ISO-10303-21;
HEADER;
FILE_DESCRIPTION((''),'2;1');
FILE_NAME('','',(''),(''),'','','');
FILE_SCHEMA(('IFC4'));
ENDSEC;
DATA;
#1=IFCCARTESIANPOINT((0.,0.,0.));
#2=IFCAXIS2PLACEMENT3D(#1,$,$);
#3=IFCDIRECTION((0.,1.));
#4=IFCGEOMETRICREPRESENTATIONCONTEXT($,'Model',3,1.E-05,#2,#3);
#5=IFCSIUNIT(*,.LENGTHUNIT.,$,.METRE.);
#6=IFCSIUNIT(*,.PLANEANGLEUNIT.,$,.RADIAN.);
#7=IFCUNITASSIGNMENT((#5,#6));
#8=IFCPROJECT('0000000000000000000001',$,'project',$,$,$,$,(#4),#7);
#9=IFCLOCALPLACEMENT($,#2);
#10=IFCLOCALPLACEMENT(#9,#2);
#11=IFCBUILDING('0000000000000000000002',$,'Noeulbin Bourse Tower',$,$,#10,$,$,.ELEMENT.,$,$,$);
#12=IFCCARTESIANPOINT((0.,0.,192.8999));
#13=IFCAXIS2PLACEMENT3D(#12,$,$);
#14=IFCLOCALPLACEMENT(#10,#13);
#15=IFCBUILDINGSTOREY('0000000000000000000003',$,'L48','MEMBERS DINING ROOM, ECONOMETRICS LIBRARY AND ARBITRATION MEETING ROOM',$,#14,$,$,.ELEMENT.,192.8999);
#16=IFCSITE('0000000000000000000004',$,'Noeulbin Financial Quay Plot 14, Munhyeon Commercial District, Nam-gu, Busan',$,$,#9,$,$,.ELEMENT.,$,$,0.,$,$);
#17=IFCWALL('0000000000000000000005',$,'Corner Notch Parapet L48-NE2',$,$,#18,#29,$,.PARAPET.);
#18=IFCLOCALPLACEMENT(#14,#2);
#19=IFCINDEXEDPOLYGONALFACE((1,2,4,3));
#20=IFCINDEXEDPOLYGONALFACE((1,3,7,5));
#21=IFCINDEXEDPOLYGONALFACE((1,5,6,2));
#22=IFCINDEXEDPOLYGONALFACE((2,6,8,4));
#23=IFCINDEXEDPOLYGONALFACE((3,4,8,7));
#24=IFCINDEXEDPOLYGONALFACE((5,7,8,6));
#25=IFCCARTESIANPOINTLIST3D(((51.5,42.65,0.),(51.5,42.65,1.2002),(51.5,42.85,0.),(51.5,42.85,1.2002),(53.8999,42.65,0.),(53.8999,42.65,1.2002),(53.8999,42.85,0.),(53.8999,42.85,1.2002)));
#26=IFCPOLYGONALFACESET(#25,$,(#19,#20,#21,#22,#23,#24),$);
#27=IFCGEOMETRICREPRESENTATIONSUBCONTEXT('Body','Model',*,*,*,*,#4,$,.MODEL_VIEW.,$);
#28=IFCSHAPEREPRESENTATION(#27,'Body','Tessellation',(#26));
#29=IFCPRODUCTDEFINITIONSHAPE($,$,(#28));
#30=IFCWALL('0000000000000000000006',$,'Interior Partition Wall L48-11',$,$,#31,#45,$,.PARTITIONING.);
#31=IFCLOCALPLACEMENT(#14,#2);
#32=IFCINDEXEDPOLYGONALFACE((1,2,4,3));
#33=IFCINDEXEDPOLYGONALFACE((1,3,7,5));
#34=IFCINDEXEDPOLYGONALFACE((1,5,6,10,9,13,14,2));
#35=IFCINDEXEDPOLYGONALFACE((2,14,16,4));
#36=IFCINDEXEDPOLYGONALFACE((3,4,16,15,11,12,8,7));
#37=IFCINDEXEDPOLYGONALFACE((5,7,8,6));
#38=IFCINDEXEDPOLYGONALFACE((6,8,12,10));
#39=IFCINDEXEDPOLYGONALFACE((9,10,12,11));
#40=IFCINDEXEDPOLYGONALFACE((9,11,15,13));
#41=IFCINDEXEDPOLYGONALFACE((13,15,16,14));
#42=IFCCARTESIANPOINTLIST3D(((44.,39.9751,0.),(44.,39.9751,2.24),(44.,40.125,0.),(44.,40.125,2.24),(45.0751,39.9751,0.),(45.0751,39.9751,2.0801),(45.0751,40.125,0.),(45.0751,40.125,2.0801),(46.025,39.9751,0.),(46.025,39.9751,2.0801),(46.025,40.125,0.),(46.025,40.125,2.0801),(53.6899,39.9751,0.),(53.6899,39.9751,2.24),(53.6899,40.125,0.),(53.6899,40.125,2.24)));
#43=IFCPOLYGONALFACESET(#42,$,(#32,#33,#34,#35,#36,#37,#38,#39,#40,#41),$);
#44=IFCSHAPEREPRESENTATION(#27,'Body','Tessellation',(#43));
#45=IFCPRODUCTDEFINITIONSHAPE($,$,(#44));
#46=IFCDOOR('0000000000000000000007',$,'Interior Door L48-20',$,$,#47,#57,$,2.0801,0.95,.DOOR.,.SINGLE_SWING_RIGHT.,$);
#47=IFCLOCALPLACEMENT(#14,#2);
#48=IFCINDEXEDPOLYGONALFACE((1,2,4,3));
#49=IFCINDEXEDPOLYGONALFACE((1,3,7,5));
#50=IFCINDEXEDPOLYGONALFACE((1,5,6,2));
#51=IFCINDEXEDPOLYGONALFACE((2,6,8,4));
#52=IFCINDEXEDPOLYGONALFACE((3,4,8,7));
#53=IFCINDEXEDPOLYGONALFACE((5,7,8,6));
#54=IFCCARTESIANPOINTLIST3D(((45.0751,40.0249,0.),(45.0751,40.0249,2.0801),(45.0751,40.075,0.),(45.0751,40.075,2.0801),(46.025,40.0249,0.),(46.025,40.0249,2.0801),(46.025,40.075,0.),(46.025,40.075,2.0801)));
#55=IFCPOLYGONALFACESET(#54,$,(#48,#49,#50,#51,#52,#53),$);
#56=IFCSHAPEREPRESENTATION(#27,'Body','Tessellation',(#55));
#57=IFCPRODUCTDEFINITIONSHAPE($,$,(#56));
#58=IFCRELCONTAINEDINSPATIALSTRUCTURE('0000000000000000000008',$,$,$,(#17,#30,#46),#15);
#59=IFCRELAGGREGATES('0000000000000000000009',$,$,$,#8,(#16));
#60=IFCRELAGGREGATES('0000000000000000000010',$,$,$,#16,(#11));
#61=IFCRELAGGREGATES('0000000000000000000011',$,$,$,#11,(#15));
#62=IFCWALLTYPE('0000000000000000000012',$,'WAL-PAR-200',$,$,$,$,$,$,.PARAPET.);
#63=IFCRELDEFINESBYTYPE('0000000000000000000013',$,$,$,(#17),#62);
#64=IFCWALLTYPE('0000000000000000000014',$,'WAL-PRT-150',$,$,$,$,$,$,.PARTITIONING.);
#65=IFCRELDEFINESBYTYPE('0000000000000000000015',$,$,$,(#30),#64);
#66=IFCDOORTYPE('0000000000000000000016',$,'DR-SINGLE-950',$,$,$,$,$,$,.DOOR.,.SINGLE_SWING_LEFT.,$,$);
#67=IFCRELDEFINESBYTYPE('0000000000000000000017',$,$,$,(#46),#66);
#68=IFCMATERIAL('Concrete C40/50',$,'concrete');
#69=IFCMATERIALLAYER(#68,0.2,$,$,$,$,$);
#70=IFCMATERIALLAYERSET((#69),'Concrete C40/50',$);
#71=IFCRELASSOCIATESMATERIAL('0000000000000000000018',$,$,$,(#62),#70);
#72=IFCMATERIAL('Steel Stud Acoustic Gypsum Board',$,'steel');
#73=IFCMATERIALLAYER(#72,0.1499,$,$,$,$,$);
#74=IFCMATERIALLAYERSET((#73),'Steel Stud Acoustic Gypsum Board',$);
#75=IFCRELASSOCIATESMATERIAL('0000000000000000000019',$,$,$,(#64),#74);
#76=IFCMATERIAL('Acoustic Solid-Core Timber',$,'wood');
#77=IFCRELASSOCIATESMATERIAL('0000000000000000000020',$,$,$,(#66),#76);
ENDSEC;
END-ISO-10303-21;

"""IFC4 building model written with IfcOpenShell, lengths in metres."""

from ifc_helpers import new_model, si_unit, direction, frame, frame_2d, origin, place, context, subcontext, project, spatial, rectangle, extrude, material, layer, layer_set, type_object, element, fill, save


model = new_model("IFC4")

# Units and contexts
model_context = context("Model", 3, precision=1e-05, world=origin(), true_north=direction((0.0, 1.0)))
body_context = subcontext(model_context, "Body", "Model", "MODEL_VIEW")
ifc_project = project(units=[si_unit("LENGTHUNIT", "METRE"), si_unit("PLANEANGLEUNIT", "RADIAN")], contexts=[model_context])

# Site, building, storey
site_placement = place(None, origin())
site = spatial("IfcSite", under=ifc_project, at=site_placement, Name="Noeulbin Financial Quay Plot 14, Munhyeon Commercial District, Nam-gu, Busan", CompositionType="ELEMENT", RefElevation=0.0)
building_placement = place(site_placement, origin())
building = spatial("IfcBuilding", under=site, at=building_placement, Name="Noeulbin Bourse Tower", CompositionType="ELEMENT")
storey_placement = place(building_placement, frame((0.0, 0.0, 192.8999)))
storey = spatial("IfcBuildingStorey", under=building, at=storey_placement, Name="L48", Description="MEMBERS DINING ROOM, ECONOMETRICS LIBRARY AND ARBITRATION MEETING ROOM", CompositionType="ELEMENT", Elevation=192.8999)

# Wall
ifc_material_1 = material(Name="Concrete C40/50", Category="concrete")
ifc_layer_1 = layer(ifc_material_1, 0.2)
ifc_layer_set_1 = layer_set([ifc_layer_1], Name="Concrete C40/50")
wall_type_1 = type_object("IfcWallType", Name="WAL-PAR-200", PredefinedType="PARAPET", material=ifc_layer_set_1)
for number, where, z_axis, x_axis, name in (
    (1, (51.5, 42.75, 0.0), (0.0, 0.0, 1.0), (1.0, 0.0, 0.0), "Corner Notch Parapet L48-NE2"),
):
    element("IfcWall", number, at=place(storey_placement, frame(where, z_axis=z_axis, x_axis=x_axis)), inside=storey, type_object=wall_type_1, Name=name, PredefinedType="PARAPET", context=body_context, shape_type="SweptSolid", body=[
        extrude(rectangle(XDim=2.3999, YDim=0.2, at=frame_2d((1.2, 0.0))), origin(), (0.0, 0.0, 1.0), 1.2002),
    ])

# Wall, opening, door
ifc_material_2 = material(Name="Steel Stud Acoustic Gypsum Board", Category="steel")
ifc_layer_2 = layer(ifc_material_2, 0.1499)
ifc_layer_set_2 = layer_set([ifc_layer_2], Name="Steel Stud Acoustic Gypsum Board")
wall_type_2 = type_object("IfcWallType", Name="WAL-PRT-150", PredefinedType="PARTITIONING", material=ifc_layer_set_2)
wall_placement = place(storey_placement, frame((44.0, 40.05, 0.0), z_axis=(0.0, 0.0, 1.0), x_axis=(1.0, 0.0, 0.0)))
wall = element("IfcWall", 2, at=wall_placement, inside=storey, type_object=wall_type_2, Name="Interior Partition Wall L48-11", PredefinedType="PARTITIONING", context=body_context, shape_type="SweptSolid", body=[
    extrude(rectangle(XDim=9.6899, YDim=0.1499, at=frame_2d((4.845, 0.0))), origin(), (0.0, 0.0, 1.0), 2.24),
])
opening_placement = place(wall_placement, frame((1.075, 0.0, 0.0)))
opening = element("IfcOpeningElement", 3, at=opening_placement, cuts=wall, PredefinedType="OPENING", context=body_context, shape_type="SweptSolid", body=[
    extrude(rectangle(XDim=0.95, YDim=2.0801, at=frame_2d((0.4751, 1.04))), frame((0.0, 0.085, 0.0), z_axis=(0.0, -1.0, 0.0), x_axis=(1.0, 0.0, 0.0)), (0.0, 0.0, 1.0), 0.1699),
])
ifc_material_3 = material(Name="Acoustic Solid-Core Timber", Category="wood")
door_type = type_object("IfcDoorType", Name="DR-SINGLE-950", OperationType="SINGLE_SWING_LEFT", PredefinedType="DOOR", material=ifc_material_3)
door_placement = place(opening_placement, origin())
door = element("IfcDoor", 4, at=door_placement, inside=storey, type_object=door_type, Name="Interior Door L48-20", OperationType="SINGLE_SWING_RIGHT", OverallHeight=2.0801, OverallWidth=0.95, PredefinedType="DOOR", context=body_context, shape_type="SweptSolid", body=[
    extrude(rectangle(XDim=0.95, YDim=2.0801, at=frame_2d((0.4751, 1.04))), frame((0.0, 0.0249, 0.0), z_axis=(0.0, -1.0, 0.0), x_axis=(1.0, 0.0, 0.0)), (0.0, 0.0, 1.0), 0.05),
])
fill(opening, door)

save(model, "model.ifc")
